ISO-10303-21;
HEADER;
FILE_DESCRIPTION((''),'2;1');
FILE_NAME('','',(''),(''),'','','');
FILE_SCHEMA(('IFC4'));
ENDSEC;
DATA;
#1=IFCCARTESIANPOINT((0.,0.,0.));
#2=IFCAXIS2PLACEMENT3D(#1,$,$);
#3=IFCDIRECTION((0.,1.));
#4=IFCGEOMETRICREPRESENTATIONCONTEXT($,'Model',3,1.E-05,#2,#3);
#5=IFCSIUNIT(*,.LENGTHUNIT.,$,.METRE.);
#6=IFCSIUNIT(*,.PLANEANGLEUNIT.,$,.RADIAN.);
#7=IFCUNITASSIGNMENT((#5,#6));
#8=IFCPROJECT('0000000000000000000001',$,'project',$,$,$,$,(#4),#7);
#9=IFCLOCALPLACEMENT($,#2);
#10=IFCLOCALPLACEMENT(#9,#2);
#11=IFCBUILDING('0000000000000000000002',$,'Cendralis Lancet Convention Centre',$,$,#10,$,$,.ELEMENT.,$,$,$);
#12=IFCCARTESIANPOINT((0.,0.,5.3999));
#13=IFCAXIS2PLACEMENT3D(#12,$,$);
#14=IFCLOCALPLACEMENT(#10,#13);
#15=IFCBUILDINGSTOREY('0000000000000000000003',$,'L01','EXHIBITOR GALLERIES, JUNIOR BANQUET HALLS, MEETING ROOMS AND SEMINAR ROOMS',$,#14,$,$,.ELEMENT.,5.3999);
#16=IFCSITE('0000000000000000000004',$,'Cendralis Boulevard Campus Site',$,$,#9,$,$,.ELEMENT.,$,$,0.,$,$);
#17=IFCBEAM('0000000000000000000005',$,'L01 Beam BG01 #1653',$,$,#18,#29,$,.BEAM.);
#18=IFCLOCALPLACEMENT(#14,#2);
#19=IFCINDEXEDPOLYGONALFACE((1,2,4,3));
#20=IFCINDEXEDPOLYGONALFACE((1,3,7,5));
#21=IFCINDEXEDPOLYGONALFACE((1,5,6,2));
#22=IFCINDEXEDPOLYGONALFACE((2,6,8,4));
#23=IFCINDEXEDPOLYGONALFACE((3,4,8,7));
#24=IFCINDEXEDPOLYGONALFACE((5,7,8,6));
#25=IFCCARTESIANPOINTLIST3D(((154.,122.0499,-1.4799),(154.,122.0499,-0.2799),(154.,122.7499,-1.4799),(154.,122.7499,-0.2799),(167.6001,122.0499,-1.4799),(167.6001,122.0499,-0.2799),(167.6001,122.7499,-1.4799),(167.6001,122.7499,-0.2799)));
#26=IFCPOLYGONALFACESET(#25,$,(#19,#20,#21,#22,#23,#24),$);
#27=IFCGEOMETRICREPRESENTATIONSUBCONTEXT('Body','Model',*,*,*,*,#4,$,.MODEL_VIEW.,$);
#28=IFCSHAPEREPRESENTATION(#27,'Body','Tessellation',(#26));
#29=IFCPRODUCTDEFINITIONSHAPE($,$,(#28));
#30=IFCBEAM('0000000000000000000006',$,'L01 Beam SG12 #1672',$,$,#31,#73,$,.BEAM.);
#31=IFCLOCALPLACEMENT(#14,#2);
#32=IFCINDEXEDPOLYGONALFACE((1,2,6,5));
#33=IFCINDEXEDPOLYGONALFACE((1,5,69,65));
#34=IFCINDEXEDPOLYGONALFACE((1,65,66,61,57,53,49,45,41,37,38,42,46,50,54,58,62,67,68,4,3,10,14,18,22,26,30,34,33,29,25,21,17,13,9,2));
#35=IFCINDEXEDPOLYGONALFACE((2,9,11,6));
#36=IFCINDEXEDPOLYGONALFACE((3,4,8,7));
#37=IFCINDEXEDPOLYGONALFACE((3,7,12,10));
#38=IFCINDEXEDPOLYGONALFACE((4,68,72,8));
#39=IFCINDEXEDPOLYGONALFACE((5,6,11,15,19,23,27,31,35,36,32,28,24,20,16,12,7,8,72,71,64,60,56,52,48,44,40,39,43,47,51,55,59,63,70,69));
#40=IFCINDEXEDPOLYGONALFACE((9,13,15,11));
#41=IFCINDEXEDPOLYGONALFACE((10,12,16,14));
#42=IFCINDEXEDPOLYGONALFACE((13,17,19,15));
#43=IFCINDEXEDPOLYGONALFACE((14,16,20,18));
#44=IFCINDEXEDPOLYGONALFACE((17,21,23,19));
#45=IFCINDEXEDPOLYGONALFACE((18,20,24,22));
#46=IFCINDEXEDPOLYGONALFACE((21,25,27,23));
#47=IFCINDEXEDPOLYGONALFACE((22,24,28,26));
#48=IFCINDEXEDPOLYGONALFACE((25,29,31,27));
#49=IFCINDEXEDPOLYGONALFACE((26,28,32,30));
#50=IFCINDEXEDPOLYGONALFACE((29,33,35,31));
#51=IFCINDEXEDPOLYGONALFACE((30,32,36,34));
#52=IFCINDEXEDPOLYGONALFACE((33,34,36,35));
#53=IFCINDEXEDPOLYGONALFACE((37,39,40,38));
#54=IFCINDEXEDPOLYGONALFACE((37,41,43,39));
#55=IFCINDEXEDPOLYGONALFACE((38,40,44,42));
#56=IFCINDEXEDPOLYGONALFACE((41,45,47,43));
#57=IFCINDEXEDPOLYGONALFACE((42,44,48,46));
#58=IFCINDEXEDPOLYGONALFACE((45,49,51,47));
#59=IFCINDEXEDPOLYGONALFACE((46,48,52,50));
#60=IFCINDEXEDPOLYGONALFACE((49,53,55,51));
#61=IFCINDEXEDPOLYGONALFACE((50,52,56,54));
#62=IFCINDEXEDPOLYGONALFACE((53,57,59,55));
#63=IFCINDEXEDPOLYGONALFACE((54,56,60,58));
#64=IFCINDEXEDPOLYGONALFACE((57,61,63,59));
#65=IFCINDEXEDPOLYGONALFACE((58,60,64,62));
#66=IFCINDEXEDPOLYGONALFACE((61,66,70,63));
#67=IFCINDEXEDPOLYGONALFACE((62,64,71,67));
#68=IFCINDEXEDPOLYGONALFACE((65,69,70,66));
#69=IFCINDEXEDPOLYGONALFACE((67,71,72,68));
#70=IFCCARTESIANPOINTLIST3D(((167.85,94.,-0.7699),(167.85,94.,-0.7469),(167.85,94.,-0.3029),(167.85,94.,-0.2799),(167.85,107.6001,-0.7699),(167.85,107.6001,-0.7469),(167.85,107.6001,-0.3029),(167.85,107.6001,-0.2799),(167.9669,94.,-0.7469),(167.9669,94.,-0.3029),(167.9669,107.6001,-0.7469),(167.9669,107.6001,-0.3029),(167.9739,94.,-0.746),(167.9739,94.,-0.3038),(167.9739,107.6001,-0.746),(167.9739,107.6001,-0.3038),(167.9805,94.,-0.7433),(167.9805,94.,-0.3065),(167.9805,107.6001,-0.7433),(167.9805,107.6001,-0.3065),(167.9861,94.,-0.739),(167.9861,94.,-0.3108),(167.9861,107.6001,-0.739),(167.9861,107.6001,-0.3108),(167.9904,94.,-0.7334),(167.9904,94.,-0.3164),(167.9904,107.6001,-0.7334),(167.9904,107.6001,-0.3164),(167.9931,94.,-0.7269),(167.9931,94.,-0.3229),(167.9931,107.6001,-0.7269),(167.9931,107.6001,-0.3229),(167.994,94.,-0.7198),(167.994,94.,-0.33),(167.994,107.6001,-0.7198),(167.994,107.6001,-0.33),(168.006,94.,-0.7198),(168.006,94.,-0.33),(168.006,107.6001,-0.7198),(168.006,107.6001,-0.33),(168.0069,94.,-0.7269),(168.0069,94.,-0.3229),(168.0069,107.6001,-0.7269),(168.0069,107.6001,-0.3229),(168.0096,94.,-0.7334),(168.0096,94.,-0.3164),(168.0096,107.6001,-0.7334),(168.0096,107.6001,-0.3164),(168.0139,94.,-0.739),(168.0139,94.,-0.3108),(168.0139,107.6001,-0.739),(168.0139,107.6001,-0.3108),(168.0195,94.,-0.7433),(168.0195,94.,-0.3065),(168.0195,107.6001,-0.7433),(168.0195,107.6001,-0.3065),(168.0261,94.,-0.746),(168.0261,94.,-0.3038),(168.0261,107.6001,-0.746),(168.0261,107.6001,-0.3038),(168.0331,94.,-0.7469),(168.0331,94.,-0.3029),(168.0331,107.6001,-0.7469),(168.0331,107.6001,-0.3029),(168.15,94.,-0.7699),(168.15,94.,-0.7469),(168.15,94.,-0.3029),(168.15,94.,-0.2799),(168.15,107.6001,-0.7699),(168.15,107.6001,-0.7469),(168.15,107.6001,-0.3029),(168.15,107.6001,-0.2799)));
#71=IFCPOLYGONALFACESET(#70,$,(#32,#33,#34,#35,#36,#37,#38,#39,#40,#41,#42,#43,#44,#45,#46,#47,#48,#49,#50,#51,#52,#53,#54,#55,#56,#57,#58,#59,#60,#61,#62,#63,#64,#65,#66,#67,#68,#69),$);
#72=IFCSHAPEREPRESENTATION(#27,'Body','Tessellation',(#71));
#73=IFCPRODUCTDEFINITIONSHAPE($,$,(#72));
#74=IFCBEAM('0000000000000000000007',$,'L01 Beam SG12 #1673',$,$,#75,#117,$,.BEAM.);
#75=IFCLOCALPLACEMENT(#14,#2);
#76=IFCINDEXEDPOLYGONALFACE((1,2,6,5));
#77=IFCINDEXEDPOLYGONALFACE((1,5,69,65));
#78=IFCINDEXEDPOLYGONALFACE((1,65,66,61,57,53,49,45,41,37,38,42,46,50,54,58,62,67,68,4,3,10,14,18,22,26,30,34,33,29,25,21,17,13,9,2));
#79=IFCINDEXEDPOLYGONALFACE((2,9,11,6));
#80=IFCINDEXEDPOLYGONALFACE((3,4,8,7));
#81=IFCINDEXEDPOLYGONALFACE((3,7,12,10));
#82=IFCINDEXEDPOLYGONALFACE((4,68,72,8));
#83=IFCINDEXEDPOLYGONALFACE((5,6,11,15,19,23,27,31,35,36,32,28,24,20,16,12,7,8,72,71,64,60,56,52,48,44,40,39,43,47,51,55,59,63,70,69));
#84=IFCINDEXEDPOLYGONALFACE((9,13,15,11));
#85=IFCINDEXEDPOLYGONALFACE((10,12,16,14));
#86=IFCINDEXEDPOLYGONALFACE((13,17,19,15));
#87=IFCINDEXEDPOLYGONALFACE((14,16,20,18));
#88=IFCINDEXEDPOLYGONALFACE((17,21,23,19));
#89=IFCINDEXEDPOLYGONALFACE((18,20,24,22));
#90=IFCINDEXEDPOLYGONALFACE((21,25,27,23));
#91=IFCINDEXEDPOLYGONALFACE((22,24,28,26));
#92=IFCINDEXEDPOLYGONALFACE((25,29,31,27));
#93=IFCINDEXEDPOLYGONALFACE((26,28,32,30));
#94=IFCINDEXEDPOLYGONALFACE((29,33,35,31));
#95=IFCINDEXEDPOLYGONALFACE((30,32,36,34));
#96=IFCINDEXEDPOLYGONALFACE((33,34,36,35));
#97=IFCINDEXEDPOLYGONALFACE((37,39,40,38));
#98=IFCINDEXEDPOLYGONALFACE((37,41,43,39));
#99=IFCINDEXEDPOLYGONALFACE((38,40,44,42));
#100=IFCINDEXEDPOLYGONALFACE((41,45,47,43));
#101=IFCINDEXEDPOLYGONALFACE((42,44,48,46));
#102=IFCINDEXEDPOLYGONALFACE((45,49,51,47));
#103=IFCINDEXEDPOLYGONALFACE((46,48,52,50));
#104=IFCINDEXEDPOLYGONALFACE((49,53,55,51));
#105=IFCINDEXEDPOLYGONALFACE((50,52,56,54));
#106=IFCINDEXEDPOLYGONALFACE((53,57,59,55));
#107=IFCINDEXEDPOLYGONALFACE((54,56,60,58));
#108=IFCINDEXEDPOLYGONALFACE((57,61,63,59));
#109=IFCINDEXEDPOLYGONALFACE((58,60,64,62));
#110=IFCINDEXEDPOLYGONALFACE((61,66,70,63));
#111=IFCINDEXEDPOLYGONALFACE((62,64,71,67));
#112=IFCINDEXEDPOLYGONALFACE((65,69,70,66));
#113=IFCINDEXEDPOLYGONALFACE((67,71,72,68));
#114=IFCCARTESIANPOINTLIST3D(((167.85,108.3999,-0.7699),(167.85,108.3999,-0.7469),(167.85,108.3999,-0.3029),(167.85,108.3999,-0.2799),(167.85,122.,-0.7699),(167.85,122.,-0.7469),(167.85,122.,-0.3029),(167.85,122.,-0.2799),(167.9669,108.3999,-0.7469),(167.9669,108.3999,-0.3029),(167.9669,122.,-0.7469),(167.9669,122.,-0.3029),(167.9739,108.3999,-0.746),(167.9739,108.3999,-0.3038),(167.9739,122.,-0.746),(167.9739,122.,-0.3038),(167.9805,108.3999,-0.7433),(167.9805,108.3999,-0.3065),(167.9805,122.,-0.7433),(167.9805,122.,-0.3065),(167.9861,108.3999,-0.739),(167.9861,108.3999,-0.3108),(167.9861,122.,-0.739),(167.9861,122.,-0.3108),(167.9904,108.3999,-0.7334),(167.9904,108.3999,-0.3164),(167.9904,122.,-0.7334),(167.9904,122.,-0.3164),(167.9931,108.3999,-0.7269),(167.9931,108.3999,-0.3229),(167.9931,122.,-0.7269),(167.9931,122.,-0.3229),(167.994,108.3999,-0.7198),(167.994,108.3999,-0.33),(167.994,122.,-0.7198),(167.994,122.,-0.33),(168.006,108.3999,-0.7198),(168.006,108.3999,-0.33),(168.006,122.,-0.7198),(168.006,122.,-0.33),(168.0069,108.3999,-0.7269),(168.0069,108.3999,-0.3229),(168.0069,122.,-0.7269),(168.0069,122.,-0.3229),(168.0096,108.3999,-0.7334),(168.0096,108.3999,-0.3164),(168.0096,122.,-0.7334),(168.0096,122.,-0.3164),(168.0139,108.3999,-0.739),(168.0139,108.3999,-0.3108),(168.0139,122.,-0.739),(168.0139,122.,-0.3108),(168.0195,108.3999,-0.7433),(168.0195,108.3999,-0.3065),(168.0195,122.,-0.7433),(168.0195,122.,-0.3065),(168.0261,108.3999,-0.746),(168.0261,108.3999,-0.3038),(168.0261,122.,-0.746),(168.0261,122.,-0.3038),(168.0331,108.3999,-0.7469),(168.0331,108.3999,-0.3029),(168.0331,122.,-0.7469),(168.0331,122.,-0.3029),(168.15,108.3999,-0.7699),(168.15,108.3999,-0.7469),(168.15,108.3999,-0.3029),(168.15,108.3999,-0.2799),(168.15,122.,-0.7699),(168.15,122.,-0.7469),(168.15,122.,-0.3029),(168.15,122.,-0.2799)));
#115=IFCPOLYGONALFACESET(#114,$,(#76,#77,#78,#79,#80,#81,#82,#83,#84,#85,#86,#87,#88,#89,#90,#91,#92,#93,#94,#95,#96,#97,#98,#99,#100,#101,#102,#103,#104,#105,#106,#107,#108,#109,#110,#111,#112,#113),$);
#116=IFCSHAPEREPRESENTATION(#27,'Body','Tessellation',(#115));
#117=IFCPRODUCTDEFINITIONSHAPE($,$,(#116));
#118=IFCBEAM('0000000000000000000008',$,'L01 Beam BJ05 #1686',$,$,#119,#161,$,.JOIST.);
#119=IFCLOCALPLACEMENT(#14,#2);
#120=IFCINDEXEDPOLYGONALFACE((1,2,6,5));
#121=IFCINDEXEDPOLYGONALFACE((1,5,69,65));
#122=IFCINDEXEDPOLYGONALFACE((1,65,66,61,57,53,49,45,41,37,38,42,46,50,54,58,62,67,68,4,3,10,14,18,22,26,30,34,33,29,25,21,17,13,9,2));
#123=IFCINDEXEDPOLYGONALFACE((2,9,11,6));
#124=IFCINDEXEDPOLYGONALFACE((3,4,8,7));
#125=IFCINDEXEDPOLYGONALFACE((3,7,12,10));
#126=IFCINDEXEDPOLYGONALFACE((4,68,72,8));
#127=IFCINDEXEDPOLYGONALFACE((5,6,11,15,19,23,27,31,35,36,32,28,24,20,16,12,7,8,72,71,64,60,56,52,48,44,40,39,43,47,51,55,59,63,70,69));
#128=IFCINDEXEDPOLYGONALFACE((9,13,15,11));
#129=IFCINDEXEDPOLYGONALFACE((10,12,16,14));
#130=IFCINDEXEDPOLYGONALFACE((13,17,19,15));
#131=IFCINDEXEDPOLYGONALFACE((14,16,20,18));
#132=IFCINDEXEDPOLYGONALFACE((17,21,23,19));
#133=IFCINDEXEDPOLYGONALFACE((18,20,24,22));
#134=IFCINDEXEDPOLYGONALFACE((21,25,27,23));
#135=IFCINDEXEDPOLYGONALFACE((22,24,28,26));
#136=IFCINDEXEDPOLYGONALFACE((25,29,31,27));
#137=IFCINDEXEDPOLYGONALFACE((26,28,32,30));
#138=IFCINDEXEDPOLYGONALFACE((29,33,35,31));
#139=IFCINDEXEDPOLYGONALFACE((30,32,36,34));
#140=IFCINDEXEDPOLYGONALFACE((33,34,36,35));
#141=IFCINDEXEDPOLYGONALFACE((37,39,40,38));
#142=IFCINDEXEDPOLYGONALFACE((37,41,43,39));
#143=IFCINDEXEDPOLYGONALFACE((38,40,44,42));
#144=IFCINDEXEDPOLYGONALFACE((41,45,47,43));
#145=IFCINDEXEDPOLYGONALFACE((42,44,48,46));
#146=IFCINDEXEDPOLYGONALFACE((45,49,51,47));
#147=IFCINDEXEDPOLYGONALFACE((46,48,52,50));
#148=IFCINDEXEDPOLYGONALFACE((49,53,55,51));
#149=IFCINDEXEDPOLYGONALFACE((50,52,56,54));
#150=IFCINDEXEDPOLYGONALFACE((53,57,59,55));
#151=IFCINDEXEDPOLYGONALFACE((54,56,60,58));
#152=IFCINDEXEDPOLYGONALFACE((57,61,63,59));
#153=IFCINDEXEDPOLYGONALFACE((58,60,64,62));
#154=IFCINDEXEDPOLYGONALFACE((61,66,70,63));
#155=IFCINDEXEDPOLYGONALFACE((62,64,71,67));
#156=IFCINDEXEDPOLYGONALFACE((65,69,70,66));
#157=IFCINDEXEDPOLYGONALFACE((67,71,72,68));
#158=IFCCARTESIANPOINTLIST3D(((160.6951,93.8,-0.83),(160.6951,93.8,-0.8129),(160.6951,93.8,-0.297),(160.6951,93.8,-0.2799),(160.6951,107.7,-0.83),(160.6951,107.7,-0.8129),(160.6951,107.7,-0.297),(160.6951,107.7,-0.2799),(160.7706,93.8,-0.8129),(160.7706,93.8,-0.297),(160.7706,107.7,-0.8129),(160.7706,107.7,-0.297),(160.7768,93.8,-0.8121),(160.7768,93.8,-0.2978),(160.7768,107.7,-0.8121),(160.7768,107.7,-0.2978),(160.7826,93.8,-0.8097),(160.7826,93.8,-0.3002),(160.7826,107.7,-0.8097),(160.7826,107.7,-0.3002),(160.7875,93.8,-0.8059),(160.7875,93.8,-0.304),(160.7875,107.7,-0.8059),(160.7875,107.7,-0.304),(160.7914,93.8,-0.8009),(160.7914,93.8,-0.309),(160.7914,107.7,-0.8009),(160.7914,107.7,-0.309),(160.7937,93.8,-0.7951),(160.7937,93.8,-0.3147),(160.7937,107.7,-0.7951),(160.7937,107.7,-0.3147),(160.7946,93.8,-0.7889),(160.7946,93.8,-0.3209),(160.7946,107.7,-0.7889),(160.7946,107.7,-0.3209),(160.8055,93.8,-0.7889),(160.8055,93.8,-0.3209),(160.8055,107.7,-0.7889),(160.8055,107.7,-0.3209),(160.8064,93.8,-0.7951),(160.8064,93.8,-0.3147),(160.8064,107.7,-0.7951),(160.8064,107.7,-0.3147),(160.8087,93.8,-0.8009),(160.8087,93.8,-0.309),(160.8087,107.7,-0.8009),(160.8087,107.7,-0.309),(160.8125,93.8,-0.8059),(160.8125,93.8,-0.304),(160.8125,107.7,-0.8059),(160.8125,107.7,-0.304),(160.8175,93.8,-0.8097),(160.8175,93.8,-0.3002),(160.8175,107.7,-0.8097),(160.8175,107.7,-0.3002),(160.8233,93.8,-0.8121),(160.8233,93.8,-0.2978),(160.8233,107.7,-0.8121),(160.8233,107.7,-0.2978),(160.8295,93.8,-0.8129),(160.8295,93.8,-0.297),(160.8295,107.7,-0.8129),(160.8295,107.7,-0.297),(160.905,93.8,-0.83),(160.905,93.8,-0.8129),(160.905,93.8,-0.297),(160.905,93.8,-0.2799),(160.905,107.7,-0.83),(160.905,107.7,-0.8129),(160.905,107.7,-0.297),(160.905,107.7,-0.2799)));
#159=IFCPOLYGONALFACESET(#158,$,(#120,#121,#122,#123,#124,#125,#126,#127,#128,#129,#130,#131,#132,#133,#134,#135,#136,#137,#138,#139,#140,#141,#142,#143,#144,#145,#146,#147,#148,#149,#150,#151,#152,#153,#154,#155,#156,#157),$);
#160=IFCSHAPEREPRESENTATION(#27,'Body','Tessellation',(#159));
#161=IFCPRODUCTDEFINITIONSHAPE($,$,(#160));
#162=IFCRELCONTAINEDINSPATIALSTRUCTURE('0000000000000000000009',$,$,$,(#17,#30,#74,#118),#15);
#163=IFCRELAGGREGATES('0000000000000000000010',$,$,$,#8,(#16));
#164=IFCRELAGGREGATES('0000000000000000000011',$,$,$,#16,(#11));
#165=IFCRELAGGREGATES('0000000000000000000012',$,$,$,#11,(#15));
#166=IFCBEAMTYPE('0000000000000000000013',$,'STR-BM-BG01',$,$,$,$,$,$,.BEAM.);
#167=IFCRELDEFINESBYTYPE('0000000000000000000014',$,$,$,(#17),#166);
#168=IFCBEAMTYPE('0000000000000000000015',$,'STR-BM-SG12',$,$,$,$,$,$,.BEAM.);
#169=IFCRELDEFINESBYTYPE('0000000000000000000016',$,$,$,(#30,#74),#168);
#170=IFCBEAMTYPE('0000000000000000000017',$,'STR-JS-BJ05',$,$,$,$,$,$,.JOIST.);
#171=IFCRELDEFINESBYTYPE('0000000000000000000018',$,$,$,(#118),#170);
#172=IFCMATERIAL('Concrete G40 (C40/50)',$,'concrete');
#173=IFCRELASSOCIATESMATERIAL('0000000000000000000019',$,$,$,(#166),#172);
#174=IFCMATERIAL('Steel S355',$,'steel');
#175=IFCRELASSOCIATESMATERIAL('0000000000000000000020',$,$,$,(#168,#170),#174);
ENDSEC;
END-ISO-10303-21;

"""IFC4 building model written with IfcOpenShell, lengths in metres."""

from ifc_helpers import new_model, si_unit, direction, frame, origin, origin_2d, place, context, subcontext, project, spatial, rectangle, i_section, extrude, material, material_profile, profile_set, type_object, element, save


model = new_model("IFC4")

# Units and contexts
model_context = context("Model", 3, precision=1e-05, world=origin(), true_north=direction((0.0, 1.0)))
body_context = subcontext(model_context, "Body", "Model", "MODEL_VIEW")
ifc_project = project(units=[si_unit("LENGTHUNIT", "METRE"), si_unit("PLANEANGLEUNIT", "RADIAN")], contexts=[model_context])

# Site, building, storey
site_placement = place(None, origin())
site = spatial("IfcSite", under=ifc_project, at=site_placement, Name="Cendralis Boulevard Campus Site", CompositionType="ELEMENT", RefElevation=0.0)
building_placement = place(site_placement, origin())
building = spatial("IfcBuilding", under=site, at=building_placement, Name="Cendralis Lancet Convention Centre", CompositionType="ELEMENT")
storey_placement = place(building_placement, frame((0.0, 0.0, 5.3999)))
storey = spatial("IfcBuildingStorey", under=building, at=storey_placement, Name="L01", Description="EXHIBITOR GALLERIES, JUNIOR BANQUET HALLS, MEETING ROOMS AND SEMINAR ROOMS", CompositionType="ELEMENT", Elevation=5.3999)

# Shared definitions
ifc_material_1 = material(Name="Steel S355", Category="steel")
ifc_material_2 = material(Name="Concrete G40 (C40/50)", Category="concrete")

# Beams
ifc_material_profile_1 = material_profile(ifc_material_2, rectangle(XDim=0.7, YDim=1.2, at=origin_2d()), Name="RCB 700x1200")
ifc_profile_set_1 = profile_set([ifc_material_profile_1], Name="Concrete G40 (C40/50)")
beam_type_1 = type_object("IfcBeamType", Name="STR-BM-BG01", PredefinedType="BEAM", material=ifc_profile_set_1)
for number, where, z_axis, x_axis, name in (
    (1, (154.0, 122.3999, -0.8799), (1.0, 0.0, 0.0), (0.0, 1.0, 0.0), "L01 Beam BG01 #1653"),
):
    element("IfcBeam", number, at=place(storey_placement, frame(where, z_axis=z_axis, x_axis=x_axis)), inside=storey, type_object=beam_type_1, Name=name, PredefinedType="BEAM", context=body_context, shape_type="SweptSolid", body=[
        extrude(rectangle(XDim=0.7, YDim=1.2, at=origin_2d()), origin(), (0.0, 0.0, 1.0), 13.6001),
    ])
ifc_material_profile_2 = material_profile(ifc_material_1, i_section(OverallWidth=0.3, OverallDepth=0.49, WebThickness=0.012, FlangeThickness=0.0229, FilletRadius=0.0271, at=origin_2d()), Name="HEA 500")
ifc_profile_set_2 = profile_set([ifc_material_profile_2], Name="Steel S355")
beam_type_2 = type_object("IfcBeamType", Name="STR-BM-SG12", PredefinedType="BEAM", material=ifc_profile_set_2)
for number, where, z_axis, x_axis, name in (
    (2, (168.0, 94.0, -0.5249), (0.0, 1.0, 0.0), (-1.0, 0.0, 0.0), "L01 Beam SG12 #1672"),
    (3, (168.0, 108.3999, -0.5249), (0.0, 1.0, 0.0), (-1.0, 0.0, 0.0), "L01 Beam SG12 #1673"),
):
    element("IfcBeam", number, at=place(storey_placement, frame(where, z_axis=z_axis, x_axis=x_axis)), inside=storey, type_object=beam_type_2, Name=name, PredefinedType="BEAM", context=body_context, shape_type="SweptSolid", body=[
        extrude(i_section(OverallWidth=0.3, OverallDepth=0.49, WebThickness=0.012, FlangeThickness=0.0229, FilletRadius=0.0271, at=origin_2d()), origin(), (0.0, 0.0, 1.0), 13.6001),
    ])
ifc_material_profile_3 = material_profile(ifc_material_1, i_section(OverallWidth=0.21, OverallDepth=0.55, WebThickness=0.011, FlangeThickness=0.0171, FilletRadius=0.0239, at=origin_2d()), Name="IPE 550")
ifc_profile_set_3 = profile_set([ifc_material_profile_3], Name="Steel S355")
beam_type_3 = type_object("IfcBeamType", Name="STR-JS-BJ05", PredefinedType="JOIST", material=ifc_profile_set_3)
beam_1_placement = place(storey_placement, frame((160.8, 93.8, -0.5549), z_axis=(0.0, 1.0, 0.0), x_axis=(-1.0, 0.0, 0.0)))
element("IfcBeam", 4, at=beam_1_placement, inside=storey, type_object=beam_type_3, Name="L01 Beam BJ05 #1686", PredefinedType="JOIST", context=body_context, shape_type="SweptSolid", body=[
    extrude(i_section(OverallWidth=0.21, OverallDepth=0.55, WebThickness=0.011, FlangeThickness=0.0171, FilletRadius=0.0239, at=origin_2d()), origin(), (0.0, 0.0, 1.0), 13.8999),
])

save(model, "model.ifc")
